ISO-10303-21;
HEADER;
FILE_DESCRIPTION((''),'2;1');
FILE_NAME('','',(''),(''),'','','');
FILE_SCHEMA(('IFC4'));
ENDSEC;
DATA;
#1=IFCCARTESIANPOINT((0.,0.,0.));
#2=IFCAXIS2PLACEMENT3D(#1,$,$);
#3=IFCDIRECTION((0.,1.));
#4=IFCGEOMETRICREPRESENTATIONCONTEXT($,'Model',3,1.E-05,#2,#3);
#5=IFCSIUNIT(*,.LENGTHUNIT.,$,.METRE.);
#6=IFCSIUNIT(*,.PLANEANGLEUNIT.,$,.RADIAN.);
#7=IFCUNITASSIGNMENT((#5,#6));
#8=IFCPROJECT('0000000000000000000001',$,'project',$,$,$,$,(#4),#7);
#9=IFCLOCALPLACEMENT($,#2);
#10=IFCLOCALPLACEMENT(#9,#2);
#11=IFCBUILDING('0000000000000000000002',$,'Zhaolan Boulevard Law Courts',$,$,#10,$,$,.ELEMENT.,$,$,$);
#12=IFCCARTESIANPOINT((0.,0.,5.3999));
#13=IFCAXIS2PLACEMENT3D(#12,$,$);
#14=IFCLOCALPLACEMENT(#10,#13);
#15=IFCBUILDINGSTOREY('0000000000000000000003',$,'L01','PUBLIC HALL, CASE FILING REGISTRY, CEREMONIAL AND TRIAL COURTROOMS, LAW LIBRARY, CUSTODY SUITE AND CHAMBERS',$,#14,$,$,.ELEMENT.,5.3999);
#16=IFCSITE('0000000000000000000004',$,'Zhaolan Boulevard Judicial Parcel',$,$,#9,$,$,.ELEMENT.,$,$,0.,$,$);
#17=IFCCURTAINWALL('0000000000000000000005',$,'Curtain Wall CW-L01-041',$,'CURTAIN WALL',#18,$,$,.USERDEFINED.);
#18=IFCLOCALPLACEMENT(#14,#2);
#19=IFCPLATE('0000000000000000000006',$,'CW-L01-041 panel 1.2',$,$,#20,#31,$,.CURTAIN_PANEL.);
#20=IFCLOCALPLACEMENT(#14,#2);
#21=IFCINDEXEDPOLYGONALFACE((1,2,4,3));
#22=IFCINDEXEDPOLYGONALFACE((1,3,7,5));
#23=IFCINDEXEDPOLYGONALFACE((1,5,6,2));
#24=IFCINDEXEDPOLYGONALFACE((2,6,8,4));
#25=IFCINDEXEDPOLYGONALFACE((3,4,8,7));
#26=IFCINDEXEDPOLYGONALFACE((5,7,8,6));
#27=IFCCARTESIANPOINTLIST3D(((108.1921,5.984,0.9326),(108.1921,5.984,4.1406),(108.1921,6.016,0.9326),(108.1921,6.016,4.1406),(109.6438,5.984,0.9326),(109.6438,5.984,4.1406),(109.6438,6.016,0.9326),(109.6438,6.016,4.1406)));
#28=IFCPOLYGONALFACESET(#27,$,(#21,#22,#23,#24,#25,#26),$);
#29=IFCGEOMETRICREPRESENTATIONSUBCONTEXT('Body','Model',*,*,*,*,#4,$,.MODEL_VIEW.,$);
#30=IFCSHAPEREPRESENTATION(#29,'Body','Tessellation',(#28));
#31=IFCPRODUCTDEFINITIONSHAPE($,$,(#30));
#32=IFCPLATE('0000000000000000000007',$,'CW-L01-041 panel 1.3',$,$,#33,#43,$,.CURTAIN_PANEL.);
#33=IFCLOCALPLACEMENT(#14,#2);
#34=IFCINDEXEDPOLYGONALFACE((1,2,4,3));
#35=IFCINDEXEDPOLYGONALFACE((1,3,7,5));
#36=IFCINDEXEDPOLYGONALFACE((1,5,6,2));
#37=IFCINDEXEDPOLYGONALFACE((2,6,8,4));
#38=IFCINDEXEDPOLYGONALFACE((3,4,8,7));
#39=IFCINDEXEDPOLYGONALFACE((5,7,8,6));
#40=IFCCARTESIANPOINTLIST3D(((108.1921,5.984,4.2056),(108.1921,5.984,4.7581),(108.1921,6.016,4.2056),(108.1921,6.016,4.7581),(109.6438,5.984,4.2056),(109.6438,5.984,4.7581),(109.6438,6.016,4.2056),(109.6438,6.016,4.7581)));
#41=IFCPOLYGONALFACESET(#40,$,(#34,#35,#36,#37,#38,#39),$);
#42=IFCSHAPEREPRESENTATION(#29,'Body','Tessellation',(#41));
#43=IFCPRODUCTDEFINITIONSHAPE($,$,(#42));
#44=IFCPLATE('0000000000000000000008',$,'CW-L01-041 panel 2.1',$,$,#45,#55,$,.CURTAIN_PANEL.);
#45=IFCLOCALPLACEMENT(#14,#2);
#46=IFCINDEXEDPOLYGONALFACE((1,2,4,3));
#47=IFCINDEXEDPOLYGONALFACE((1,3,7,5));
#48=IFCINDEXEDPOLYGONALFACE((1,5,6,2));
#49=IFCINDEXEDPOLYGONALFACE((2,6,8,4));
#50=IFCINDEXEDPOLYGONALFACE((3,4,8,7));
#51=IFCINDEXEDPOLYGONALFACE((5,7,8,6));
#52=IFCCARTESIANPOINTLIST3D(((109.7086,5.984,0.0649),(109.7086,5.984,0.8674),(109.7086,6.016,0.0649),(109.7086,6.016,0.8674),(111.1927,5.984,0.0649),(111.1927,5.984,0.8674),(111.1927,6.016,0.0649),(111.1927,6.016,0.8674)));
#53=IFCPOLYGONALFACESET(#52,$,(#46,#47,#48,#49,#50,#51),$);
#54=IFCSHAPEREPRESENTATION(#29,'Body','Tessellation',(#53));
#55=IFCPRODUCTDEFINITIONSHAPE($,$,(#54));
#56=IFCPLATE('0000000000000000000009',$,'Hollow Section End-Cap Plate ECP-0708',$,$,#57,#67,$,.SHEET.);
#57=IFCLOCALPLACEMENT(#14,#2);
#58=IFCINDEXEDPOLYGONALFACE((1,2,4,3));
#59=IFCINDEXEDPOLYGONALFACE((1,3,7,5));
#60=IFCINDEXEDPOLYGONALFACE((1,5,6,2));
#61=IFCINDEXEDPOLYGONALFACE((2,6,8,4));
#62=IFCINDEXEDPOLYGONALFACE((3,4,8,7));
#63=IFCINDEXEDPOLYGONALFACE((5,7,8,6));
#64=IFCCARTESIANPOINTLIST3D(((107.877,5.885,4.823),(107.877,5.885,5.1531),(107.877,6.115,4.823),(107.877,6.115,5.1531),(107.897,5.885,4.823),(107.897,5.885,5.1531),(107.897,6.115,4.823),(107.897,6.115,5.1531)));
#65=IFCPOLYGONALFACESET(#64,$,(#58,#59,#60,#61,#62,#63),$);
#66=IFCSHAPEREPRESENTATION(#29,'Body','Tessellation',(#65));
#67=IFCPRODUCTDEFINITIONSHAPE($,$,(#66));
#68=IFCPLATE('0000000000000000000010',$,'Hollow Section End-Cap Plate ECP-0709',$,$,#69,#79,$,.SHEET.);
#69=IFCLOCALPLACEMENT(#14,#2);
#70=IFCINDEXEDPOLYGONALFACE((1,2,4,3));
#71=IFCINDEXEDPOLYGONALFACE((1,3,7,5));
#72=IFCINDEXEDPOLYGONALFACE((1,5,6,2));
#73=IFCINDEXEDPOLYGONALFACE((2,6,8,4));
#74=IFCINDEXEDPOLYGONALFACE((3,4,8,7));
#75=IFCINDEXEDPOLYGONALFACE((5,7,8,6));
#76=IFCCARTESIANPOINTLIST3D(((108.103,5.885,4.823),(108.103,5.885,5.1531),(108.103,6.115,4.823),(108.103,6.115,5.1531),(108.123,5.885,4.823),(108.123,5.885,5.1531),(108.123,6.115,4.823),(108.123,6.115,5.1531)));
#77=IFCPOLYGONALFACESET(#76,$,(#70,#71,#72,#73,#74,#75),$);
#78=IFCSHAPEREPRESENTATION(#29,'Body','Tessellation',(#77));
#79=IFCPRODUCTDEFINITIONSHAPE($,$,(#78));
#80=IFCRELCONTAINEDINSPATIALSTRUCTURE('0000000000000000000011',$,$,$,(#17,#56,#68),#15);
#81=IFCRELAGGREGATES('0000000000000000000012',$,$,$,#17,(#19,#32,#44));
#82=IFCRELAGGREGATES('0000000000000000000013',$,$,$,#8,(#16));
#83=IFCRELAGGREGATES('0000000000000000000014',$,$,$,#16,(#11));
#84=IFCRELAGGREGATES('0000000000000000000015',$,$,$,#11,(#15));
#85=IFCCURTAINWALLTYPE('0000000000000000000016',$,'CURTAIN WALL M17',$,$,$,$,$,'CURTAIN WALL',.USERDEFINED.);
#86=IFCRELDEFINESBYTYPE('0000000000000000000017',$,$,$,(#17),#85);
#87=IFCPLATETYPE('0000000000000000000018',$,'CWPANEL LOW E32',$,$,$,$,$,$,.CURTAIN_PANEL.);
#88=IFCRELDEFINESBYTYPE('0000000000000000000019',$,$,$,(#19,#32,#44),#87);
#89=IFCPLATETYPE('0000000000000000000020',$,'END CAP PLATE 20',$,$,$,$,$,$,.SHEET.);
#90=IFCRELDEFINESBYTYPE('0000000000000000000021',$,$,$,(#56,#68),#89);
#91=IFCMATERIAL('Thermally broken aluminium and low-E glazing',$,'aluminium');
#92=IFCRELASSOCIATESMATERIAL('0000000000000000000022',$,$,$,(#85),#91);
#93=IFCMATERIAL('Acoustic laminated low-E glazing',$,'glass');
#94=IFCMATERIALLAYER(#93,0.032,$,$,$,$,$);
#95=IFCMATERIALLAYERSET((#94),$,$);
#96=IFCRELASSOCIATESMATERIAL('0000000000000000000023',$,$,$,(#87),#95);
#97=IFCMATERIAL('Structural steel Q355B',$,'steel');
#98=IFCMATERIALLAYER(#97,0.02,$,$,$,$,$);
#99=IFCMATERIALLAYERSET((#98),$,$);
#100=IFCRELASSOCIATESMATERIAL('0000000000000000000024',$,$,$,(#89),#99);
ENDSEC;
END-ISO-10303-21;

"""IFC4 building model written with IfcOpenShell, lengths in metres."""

from ifc_helpers import new_model, si_unit, direction, frame, origin, origin_2d, place, context, subcontext, project, spatial, rectangle, extrude, material, layer, layer_set, type_object, element, aggregate, save


model = new_model("IFC4")

# Units and contexts
model_context = context("Model", 3, precision=1e-05, world=origin(), true_north=direction((0.0, 1.0)))
body_context = subcontext(model_context, "Body", "Model", "MODEL_VIEW")
ifc_project = project(units=[si_unit("LENGTHUNIT", "METRE"), si_unit("PLANEANGLEUNIT", "RADIAN")], contexts=[model_context])

# Site, building, storey
site_placement = place(None, origin())
site = spatial("IfcSite", under=ifc_project, at=site_placement, Name="Zhaolan Boulevard Judicial Parcel", CompositionType="ELEMENT", RefElevation=0.0)
building_placement = place(site_placement, origin())
building = spatial("IfcBuilding", under=site, at=building_placement, Name="Zhaolan Boulevard Law Courts", CompositionType="ELEMENT")
storey_placement = place(building_placement, frame((0.0, 0.0, 5.3999)))
storey = spatial("IfcBuildingStorey", under=building, at=storey_placement, Name="L01", Description="PUBLIC HALL, CASE FILING REGISTRY, CEREMONIAL AND TRIAL COURTROOMS, LAW LIBRARY, CUSTODY SUITE AND CHAMBERS", CompositionType="ELEMENT", Elevation=5.3999)

# Curtain wall
ifc_material_1 = material(Name="Thermally broken aluminium and low-E glazing", Category="aluminium")
curtain_wall_type_1 = type_object("IfcCurtainWallType", Name="CURTAIN WALL M17", ElementType="CURTAIN WALL", PredefinedType="USERDEFINED", material=ifc_material_1)
curtain_wall_1_placement = place(storey_placement, origin())
curtain_wall_1 = element("IfcCurtainWall", 1, at=curtain_wall_1_placement, inside=storey, type_object=curtain_wall_type_1, Name="Curtain Wall CW-L01-041", ObjectType="CURTAIN WALL", PredefinedType="USERDEFINED")

# Plates
ifc_material_2 = material(Name="Acoustic laminated low-E glazing", Category="glass")
ifc_layer_1 = layer(ifc_material_2, 0.032)
ifc_layer_set_1 = layer_set([ifc_layer_1])
plate_type_1 = type_object("IfcPlateType", Name="CWPANEL LOW E32", PredefinedType="CURTAIN_PANEL", material=ifc_layer_set_1)
plate_1_placement = place(storey_placement, frame((108.918, 6.0, 0.9326), z_axis=(0.0, 0.0, 1.0), x_axis=(1.0, 0.0, 0.0)))
plate_1 = element("IfcPlate", 2, at=plate_1_placement, type_object=plate_type_1, Name="CW-L01-041 panel 1.2", PredefinedType="CURTAIN_PANEL", context=body_context, shape_type="SweptSolid", body=[
    extrude(rectangle(XDim=1.4517, YDim=0.032, at=origin_2d()), origin(), (0.0, 0.0, 1.0), 3.208),
])
plate_2_placement = place(storey_placement, frame((108.918, 6.0, 4.2056), z_axis=(0.0, 0.0, 1.0), x_axis=(1.0, 0.0, 0.0)))
plate_2 = element("IfcPlate", 3, at=plate_2_placement, type_object=plate_type_1, Name="CW-L01-041 panel 1.3", PredefinedType="CURTAIN_PANEL", context=body_context, shape_type="SweptSolid", body=[
    extrude(rectangle(XDim=1.4517, YDim=0.032, at=origin_2d()), origin(), (0.0, 0.0, 1.0), 0.5525),
])
plate_3_placement = place(storey_placement, frame((110.4507, 6.0, 0.0649), z_axis=(0.0, 0.0, 1.0), x_axis=(1.0, 0.0, 0.0)))
plate_3 = element("IfcPlate", 4, at=plate_3_placement, type_object=plate_type_1, Name="CW-L01-041 panel 2.1", PredefinedType="CURTAIN_PANEL", context=body_context, shape_type="SweptSolid", body=[
    extrude(rectangle(XDim=1.4841, YDim=0.032, at=origin_2d()), origin(), (0.0, 0.0, 1.0), 0.8025),
])
aggregate(curtain_wall_1, [plate_1, plate_2, plate_3])

# Plates
ifc_material_3 = material(Name="Structural steel Q355B", Category="steel")
ifc_layer_2 = layer(ifc_material_3, 0.02)
ifc_layer_set_2 = layer_set([ifc_layer_2])
plate_type_2 = type_object("IfcPlateType", Name="END CAP PLATE 20", PredefinedType="SHEET", material=ifc_layer_set_2)
for number, where, z_axis, x_axis, name in (
    (5, (107.887, 6.0, 4.823), (0.0, 0.0, 1.0), (1.0, 0.0, 0.0), "Hollow Section End-Cap Plate ECP-0708"),
    (6, (108.113, 6.0, 4.823), (0.0, 0.0, 1.0), (1.0, 0.0, 0.0), "Hollow Section End-Cap Plate ECP-0709"),
):
    element("IfcPlate", number, at=place(storey_placement, frame(where, z_axis=z_axis, x_axis=x_axis)), inside=storey, type_object=plate_type_2, Name=name, PredefinedType="SHEET", context=body_context, shape_type="SweptSolid", body=[
        extrude(rectangle(XDim=0.02, YDim=0.23, at=origin_2d()), origin(), (0.0, 0.0, 1.0), 0.3301),
    ])

save(model, "model.ifc")
